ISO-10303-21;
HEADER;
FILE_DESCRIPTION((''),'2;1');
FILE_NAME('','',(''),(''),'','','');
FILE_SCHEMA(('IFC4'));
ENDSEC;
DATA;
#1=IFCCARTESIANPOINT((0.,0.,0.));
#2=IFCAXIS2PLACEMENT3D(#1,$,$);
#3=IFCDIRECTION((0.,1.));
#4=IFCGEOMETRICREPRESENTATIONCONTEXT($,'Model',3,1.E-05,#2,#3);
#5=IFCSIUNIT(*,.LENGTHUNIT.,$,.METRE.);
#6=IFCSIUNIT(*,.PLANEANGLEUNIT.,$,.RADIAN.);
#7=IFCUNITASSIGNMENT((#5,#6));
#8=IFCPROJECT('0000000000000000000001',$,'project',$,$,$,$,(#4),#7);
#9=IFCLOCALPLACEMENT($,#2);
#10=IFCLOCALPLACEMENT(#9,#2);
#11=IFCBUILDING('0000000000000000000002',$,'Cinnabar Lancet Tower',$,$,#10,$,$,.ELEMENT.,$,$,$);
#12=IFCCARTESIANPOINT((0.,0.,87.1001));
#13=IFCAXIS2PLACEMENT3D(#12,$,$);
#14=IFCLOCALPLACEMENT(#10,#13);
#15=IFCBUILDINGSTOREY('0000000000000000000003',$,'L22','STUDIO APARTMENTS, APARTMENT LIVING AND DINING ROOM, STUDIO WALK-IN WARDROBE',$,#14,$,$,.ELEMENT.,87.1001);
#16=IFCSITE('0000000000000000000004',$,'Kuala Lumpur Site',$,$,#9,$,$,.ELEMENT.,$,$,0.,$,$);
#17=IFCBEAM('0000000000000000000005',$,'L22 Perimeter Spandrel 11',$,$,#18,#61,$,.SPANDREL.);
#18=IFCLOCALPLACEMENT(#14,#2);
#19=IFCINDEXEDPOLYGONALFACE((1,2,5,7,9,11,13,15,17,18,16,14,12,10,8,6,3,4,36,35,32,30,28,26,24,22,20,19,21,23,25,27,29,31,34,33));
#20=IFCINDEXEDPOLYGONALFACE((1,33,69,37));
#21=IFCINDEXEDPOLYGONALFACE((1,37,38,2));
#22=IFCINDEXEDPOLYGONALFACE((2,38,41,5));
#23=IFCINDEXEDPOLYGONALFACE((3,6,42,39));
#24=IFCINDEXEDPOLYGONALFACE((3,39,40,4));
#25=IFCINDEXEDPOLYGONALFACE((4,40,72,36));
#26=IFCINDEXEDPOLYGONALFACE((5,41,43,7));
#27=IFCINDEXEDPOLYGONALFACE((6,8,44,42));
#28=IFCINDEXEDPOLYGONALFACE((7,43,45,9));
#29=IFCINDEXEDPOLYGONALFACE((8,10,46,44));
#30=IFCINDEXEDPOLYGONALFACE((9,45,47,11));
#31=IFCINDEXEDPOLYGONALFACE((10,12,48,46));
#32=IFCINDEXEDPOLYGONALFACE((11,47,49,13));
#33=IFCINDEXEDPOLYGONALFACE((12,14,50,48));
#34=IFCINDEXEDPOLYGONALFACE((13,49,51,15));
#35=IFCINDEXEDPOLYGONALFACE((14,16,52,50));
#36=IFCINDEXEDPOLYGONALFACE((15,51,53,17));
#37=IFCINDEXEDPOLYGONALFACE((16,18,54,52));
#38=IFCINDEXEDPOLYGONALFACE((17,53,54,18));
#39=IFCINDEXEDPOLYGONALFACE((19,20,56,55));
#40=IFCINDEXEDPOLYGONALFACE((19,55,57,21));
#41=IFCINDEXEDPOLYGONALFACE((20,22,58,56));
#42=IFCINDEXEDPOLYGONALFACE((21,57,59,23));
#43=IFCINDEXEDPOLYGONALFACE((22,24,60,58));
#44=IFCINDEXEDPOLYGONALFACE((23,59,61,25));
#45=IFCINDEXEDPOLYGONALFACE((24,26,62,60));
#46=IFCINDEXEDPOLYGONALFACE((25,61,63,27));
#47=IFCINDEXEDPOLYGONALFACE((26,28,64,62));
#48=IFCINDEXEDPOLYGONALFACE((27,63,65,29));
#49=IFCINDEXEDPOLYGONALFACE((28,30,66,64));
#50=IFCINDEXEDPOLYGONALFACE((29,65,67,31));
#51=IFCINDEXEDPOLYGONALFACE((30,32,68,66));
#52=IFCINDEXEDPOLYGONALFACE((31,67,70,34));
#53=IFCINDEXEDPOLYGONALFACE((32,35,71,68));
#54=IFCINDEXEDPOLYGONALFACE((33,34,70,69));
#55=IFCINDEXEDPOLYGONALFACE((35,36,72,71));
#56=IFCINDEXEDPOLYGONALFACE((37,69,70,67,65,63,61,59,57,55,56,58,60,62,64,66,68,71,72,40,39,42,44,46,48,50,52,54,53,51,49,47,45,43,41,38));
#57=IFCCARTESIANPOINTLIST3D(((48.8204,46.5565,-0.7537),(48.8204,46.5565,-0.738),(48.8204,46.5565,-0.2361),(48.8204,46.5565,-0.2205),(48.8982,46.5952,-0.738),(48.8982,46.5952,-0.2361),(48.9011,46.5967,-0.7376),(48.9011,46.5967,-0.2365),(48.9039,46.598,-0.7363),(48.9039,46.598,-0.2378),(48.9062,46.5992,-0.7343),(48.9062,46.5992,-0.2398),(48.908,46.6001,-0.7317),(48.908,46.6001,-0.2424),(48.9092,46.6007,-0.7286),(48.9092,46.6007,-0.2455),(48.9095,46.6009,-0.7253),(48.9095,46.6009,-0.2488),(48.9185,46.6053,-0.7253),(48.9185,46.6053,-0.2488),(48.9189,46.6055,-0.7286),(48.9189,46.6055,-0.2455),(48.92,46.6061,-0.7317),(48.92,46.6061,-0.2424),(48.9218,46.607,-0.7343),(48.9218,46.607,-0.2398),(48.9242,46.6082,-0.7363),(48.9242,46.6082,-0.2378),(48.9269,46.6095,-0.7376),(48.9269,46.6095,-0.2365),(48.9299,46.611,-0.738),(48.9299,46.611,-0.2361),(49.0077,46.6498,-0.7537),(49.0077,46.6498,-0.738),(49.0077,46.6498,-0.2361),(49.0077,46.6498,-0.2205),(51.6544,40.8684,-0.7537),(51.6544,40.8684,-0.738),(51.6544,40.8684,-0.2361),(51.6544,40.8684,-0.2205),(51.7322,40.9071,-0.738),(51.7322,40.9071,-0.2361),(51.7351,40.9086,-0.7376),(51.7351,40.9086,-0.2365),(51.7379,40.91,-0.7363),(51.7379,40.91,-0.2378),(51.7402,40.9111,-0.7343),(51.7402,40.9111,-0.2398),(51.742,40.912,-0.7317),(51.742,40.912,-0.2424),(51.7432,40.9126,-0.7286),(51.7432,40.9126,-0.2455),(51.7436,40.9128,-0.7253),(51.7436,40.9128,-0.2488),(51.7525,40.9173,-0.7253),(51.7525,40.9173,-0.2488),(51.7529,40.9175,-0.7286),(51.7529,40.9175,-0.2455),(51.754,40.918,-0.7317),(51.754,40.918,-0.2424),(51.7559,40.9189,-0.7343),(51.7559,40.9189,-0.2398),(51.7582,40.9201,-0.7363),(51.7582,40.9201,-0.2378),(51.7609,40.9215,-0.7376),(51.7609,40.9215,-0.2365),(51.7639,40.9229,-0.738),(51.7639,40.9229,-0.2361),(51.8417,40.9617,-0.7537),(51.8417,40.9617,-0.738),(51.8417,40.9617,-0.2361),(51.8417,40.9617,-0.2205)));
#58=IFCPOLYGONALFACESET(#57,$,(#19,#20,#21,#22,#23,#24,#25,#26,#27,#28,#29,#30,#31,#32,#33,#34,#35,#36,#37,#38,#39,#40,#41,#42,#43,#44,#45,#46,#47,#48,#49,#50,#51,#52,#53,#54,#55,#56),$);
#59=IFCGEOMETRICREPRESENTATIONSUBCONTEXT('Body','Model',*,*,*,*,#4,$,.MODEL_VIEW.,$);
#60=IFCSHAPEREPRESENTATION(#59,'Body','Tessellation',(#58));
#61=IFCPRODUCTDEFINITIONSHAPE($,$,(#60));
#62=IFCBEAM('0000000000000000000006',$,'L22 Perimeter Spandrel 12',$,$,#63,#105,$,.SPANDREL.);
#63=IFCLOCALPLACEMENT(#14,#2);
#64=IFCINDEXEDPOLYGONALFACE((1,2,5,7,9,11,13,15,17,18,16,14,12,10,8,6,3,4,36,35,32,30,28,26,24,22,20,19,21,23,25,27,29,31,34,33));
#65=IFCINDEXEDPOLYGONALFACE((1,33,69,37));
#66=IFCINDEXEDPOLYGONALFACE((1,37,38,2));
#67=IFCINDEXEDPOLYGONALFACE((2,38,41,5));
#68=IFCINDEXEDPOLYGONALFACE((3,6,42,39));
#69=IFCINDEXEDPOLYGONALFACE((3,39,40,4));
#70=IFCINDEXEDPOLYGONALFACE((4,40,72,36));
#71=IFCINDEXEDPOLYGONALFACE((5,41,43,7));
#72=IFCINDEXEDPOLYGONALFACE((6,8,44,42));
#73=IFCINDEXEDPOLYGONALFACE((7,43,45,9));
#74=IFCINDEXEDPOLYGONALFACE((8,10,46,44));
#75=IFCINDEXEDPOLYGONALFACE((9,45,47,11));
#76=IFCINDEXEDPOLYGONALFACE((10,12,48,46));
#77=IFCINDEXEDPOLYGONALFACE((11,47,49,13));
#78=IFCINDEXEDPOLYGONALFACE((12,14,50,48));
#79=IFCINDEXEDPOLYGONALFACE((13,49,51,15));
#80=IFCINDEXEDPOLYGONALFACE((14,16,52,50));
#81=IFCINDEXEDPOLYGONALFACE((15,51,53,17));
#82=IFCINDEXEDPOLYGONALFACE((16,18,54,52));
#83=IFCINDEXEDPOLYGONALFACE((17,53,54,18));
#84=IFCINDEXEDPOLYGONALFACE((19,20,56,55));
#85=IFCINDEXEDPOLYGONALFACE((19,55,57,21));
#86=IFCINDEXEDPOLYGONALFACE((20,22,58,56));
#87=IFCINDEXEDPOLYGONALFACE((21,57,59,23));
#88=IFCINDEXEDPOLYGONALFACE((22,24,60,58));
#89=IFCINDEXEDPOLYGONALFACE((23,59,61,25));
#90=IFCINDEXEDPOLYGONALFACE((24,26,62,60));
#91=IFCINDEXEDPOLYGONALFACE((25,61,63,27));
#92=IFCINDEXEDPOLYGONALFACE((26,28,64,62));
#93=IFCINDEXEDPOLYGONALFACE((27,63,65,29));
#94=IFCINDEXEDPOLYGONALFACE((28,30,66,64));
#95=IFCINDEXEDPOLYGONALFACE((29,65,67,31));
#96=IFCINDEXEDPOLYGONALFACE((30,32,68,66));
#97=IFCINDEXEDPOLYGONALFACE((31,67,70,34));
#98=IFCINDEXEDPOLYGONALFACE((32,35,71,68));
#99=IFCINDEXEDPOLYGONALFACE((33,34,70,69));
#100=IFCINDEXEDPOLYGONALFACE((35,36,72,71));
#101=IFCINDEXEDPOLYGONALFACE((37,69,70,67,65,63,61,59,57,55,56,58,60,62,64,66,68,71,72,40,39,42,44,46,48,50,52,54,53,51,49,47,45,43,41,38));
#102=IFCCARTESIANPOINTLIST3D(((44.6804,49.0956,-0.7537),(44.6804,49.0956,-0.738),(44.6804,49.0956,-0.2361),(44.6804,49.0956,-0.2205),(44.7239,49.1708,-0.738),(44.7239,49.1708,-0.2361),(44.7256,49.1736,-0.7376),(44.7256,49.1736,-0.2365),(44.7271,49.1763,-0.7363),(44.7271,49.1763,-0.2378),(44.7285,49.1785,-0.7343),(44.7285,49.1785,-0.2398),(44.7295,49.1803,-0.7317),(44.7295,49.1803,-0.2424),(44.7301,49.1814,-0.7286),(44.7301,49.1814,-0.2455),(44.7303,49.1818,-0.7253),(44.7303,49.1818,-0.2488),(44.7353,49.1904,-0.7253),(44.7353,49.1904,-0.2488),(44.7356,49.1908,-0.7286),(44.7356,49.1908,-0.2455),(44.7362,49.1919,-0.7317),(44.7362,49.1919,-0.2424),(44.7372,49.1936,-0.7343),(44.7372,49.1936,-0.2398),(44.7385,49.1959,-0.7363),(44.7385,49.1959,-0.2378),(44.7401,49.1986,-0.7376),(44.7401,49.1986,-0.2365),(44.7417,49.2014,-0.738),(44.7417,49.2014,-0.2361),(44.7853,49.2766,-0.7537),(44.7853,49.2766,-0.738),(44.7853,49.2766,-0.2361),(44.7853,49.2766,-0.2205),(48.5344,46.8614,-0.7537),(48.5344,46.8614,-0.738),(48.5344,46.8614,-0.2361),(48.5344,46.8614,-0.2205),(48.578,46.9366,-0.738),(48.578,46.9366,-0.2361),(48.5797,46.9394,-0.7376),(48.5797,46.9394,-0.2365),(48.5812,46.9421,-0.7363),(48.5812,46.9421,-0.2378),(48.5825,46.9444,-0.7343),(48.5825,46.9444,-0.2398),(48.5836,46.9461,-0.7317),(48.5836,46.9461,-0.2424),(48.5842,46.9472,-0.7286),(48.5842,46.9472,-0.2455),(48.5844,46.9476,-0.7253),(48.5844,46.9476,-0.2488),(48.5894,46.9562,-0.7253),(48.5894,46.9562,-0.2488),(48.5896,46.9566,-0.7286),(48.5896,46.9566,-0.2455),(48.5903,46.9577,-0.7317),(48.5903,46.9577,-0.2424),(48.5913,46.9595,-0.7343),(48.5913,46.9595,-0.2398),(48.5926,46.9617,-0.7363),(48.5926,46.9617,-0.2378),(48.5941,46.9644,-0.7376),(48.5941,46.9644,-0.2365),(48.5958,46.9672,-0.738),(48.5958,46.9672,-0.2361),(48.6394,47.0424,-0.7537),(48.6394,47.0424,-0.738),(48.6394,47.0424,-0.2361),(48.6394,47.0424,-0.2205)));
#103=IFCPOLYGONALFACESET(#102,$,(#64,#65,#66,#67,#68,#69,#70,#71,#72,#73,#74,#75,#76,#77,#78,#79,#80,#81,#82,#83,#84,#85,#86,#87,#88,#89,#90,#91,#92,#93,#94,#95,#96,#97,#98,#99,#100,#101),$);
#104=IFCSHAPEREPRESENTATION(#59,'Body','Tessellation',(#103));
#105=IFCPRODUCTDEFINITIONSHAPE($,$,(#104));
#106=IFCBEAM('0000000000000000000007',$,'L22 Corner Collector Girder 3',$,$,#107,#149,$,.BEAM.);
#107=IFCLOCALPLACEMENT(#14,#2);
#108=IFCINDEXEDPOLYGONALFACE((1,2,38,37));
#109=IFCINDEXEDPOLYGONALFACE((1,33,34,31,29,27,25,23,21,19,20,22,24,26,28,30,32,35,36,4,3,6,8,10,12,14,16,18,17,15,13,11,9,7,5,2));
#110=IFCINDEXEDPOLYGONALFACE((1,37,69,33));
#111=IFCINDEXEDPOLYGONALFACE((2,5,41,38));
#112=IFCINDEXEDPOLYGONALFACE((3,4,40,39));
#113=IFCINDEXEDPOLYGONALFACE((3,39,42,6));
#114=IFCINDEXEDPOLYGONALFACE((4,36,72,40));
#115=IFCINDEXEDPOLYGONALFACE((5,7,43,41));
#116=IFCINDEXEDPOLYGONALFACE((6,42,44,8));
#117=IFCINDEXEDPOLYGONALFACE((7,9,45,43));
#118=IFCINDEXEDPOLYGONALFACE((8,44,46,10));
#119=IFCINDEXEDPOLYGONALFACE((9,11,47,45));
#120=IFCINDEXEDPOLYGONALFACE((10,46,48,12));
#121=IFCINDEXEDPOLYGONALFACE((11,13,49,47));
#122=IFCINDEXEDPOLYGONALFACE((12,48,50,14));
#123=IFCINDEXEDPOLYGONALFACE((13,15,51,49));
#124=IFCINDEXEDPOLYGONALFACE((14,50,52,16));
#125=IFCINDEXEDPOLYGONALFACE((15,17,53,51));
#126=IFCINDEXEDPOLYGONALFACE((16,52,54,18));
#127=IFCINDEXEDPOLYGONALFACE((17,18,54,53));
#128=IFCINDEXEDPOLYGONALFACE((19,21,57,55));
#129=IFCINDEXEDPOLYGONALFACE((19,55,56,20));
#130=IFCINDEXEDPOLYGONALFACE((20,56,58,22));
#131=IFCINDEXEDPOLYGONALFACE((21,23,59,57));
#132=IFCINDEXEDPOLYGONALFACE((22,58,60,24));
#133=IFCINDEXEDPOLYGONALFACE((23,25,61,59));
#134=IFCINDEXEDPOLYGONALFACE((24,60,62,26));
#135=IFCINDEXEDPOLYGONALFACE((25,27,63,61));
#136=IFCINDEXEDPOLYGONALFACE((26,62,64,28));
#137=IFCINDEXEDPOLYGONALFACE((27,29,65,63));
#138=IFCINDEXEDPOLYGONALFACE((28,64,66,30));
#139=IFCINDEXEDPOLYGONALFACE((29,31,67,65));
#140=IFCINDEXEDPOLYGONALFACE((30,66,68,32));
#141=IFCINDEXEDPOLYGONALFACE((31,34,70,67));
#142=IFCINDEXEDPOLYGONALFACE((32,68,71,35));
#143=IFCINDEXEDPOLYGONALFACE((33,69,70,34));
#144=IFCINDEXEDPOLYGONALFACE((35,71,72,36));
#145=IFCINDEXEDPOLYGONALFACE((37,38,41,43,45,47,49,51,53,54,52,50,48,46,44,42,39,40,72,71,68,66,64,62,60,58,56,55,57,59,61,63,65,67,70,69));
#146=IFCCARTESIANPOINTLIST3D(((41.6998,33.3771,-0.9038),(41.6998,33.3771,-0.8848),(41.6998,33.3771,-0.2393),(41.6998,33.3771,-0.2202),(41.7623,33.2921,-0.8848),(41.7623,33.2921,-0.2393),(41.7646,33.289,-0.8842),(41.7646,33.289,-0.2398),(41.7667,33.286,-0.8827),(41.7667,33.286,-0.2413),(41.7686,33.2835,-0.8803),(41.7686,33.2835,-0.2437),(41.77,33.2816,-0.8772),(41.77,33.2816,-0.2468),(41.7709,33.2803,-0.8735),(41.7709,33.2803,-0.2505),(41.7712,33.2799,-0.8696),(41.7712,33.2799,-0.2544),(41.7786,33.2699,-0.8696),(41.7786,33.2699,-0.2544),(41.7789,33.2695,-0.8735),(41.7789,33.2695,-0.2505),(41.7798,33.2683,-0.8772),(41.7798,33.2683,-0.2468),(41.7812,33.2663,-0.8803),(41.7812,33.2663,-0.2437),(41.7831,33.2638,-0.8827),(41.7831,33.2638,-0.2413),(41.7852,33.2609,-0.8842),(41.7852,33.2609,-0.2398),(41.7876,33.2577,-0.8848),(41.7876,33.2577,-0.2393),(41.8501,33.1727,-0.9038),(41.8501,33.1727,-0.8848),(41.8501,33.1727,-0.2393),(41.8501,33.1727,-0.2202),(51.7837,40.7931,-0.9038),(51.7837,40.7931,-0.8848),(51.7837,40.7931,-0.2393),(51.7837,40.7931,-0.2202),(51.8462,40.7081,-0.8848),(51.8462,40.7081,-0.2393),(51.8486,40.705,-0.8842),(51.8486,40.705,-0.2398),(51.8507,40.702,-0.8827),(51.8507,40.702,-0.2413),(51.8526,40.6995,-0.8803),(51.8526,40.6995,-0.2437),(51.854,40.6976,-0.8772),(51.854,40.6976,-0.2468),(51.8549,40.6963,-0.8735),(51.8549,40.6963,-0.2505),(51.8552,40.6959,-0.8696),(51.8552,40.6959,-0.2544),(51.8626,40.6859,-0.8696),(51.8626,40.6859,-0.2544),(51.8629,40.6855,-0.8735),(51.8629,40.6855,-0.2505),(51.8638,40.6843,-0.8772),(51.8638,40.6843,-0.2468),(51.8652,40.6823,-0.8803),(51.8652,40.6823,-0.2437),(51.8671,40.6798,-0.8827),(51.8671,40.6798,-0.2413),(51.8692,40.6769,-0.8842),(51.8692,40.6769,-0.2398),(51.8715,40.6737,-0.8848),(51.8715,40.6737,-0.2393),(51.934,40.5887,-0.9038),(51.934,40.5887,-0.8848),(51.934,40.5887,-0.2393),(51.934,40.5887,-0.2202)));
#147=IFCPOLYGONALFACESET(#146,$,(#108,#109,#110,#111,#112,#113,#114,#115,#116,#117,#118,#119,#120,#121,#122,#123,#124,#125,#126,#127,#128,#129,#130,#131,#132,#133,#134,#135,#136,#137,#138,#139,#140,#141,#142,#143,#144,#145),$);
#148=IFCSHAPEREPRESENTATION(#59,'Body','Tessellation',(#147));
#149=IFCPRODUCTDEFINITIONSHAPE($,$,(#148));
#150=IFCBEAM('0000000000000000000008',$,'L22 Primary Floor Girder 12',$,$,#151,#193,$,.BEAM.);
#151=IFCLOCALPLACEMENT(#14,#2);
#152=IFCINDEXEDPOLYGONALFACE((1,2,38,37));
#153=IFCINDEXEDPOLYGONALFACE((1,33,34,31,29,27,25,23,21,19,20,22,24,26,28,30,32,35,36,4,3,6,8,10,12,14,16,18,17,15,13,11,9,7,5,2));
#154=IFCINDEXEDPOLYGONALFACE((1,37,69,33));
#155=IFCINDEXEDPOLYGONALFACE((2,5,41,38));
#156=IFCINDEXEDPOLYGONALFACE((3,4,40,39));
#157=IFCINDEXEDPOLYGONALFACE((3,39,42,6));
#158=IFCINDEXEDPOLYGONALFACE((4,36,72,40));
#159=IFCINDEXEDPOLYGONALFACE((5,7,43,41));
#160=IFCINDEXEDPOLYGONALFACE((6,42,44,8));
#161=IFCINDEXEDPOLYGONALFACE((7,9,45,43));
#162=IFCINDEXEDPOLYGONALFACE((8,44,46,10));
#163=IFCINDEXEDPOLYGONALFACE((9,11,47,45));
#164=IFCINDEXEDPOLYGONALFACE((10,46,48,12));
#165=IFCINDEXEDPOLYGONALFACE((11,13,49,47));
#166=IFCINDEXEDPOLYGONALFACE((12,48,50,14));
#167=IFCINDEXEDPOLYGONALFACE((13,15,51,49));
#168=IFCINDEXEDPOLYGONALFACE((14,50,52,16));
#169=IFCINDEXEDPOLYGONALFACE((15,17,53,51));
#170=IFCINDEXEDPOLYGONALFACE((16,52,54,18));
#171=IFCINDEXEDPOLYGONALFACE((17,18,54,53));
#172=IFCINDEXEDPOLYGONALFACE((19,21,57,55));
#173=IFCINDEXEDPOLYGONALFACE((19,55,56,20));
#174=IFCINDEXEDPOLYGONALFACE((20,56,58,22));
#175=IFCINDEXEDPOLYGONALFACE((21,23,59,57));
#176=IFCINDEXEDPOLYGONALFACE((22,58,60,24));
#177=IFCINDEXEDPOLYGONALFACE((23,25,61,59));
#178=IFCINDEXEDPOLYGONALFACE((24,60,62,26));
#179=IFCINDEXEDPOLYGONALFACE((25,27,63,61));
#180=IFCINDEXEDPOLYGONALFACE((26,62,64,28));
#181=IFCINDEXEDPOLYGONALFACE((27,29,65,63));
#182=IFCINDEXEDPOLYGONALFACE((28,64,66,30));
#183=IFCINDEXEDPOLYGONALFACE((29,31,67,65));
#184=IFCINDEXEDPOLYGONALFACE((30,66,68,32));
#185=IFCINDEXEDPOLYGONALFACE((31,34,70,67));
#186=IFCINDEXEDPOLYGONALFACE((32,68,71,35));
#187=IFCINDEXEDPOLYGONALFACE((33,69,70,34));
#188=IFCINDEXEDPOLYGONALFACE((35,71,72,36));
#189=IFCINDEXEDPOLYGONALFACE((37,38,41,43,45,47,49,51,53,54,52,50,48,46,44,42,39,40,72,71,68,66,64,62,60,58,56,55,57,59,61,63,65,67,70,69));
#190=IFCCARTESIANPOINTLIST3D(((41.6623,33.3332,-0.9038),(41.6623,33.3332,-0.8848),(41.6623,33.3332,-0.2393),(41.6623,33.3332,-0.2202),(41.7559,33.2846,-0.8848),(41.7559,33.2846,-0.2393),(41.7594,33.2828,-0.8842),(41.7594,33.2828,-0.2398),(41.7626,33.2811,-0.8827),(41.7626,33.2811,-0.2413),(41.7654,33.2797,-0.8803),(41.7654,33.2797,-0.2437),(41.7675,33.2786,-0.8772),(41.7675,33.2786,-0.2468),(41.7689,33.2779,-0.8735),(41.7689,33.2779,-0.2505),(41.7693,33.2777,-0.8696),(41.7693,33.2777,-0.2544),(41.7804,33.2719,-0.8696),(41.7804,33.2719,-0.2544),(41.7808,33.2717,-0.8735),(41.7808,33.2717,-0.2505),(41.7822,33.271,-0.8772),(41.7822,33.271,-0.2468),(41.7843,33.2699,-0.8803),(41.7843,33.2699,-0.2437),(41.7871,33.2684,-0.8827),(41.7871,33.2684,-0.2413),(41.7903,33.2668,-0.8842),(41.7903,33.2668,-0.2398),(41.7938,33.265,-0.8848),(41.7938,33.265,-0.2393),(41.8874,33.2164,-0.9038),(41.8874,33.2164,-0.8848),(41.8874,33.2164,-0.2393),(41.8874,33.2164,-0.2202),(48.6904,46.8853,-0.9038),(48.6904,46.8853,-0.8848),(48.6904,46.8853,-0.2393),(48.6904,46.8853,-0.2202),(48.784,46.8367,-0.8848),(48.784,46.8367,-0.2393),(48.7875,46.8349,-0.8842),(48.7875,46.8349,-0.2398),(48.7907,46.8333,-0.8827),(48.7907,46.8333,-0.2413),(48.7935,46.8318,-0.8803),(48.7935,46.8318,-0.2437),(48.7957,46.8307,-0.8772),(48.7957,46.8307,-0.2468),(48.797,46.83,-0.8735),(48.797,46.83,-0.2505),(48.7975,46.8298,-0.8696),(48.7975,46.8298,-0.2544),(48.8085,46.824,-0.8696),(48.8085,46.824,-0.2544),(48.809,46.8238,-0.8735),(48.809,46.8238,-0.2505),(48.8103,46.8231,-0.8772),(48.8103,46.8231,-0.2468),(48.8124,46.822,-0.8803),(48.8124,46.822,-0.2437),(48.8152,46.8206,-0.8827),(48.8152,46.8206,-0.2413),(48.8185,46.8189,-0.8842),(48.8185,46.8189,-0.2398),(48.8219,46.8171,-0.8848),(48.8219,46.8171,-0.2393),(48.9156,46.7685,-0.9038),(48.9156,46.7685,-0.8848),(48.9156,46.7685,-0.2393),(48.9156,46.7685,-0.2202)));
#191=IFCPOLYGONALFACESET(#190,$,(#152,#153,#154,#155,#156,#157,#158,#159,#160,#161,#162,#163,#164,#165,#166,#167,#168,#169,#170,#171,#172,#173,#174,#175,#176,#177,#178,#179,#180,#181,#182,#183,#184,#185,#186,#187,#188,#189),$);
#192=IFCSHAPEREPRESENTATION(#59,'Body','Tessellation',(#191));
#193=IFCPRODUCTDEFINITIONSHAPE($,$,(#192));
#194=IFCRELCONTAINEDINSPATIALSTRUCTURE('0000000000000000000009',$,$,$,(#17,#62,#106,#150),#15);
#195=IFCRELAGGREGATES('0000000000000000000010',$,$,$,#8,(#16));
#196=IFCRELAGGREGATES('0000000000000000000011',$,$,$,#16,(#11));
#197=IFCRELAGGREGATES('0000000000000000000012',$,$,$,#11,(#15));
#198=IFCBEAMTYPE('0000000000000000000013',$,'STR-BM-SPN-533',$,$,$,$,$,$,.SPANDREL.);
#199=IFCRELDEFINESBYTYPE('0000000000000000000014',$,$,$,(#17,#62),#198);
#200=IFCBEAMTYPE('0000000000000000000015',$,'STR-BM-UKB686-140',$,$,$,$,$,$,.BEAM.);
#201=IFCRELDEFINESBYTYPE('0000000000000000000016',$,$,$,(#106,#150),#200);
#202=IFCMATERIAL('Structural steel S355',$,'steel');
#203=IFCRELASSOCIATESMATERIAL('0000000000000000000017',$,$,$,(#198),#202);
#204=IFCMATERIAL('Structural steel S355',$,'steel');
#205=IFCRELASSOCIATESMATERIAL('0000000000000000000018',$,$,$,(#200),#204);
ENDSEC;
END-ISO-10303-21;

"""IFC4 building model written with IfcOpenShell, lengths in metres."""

from ifc_helpers import new_model, si_unit, direction, frame, origin, origin_2d, place, context, subcontext, project, spatial, i_section, extrude, material, material_profile, profile_set, type_object, element, save


model = new_model("IFC4")

# Units and contexts
model_context = context("Model", 3, precision=1e-05, world=origin(), true_north=direction((0.0, 1.0)))
body_context = subcontext(model_context, "Body", "Model", "MODEL_VIEW")
ifc_project = project(units=[si_unit("LENGTHUNIT", "METRE"), si_unit("PLANEANGLEUNIT", "RADIAN")], contexts=[model_context])

# Site, building, storey
site_placement = place(None, origin())
site = spatial("IfcSite", under=ifc_project, at=site_placement, Name="Kuala Lumpur Site", CompositionType="ELEMENT", RefElevation=0.0)
building_placement = place(site_placement, origin())
building = spatial("IfcBuilding", under=site, at=building_placement, Name="Cinnabar Lancet Tower", CompositionType="ELEMENT")
storey_placement = place(building_placement, frame((0.0, 0.0, 87.1001)))
storey = spatial("IfcBuildingStorey", under=building, at=storey_placement, Name="L22", Description="STUDIO APARTMENTS, APARTMENT LIVING AND DINING ROOM, STUDIO WALK-IN WARDROBE", CompositionType="ELEMENT", Elevation=87.1001)

# Beams
ifc_material_1 = material(Name="Structural steel S355", Category="steel")
ifc_material_profile_1 = material_profile(ifc_material_1, i_section(OverallWidth=0.2092, OverallDepth=0.5332, WebThickness=0.01, FlangeThickness=0.0156, FilletRadius=0.0127, at=origin_2d()), Name="UKB 533x210x92")
ifc_profile_set_1 = profile_set([ifc_material_profile_1], Name="Structural steel S355")
beam_type_1 = type_object("IfcBeamType", Name="STR-BM-SPN-533", PredefinedType="SPANDREL", material=ifc_profile_set_1)
beam_1_placement = place(storey_placement, frame((51.748, 40.915, -0.4871), z_axis=(-0.445953, 0.895056, 0.0), x_axis=(-0.895056, -0.445953, 0.0)))
element("IfcBeam", 1, at=beam_1_placement, inside=storey, type_object=beam_type_1, Name="L22 Perimeter Spandrel 11", PredefinedType="SPANDREL", context=body_context, shape_type="SweptSolid", body=[
    extrude(i_section(OverallWidth=0.2092, OverallDepth=0.5332, WebThickness=0.01, FlangeThickness=0.0156, FilletRadius=0.0127, at=origin_2d()), origin(), (0.0, 0.0, 1.0), 6.355),
])
beam_2_placement = place(storey_placement, frame((48.5869, 46.9519, -0.4871), z_axis=(-0.865147, 0.501518, 0.0), x_axis=(-0.501518, -0.865147, 0.0)))
element("IfcBeam", 2, at=beam_2_placement, inside=storey, type_object=beam_type_1, Name="L22 Perimeter Spandrel 12", PredefinedType="SPANDREL", context=body_context, shape_type="SweptSolid", body=[
    extrude(i_section(OverallWidth=0.2092, OverallDepth=0.5332, WebThickness=0.01, FlangeThickness=0.0156, FilletRadius=0.0127, at=origin_2d()), origin(), (0.0, 0.0, 1.0), 4.4548),
])
ifc_material_2 = material(Name="Structural steel S355", Category="steel")
ifc_material_profile_2 = material_profile(ifc_material_2, i_section(OverallWidth=0.2537, OverallDepth=0.6836, WebThickness=0.0125, FlangeThickness=0.019, FilletRadius=0.0151, at=origin_2d()), Name="UKB 686x254x140")
ifc_profile_set_2 = profile_set([ifc_material_profile_2], Name="Structural steel S355")
beam_type_2 = type_object("IfcBeamType", Name="STR-BM-UKB686-140", PredefinedType="BEAM", material=ifc_profile_set_2)
beam_3_placement = place(storey_placement, frame((51.8589, 40.6909, -0.562), z_axis=(-0.805601, -0.592459, 0.0), x_axis=(0.592459, -0.805601, 0.0)))
element("IfcBeam", 3, at=beam_3_placement, inside=storey, type_object=beam_type_2, Name="L22 Corner Collector Girder 3", PredefinedType="BEAM", context=body_context, shape_type="SweptSolid", body=[
    extrude(i_section(OverallWidth=0.2537, OverallDepth=0.6836, WebThickness=0.0125, FlangeThickness=0.019, FilletRadius=0.0151, at=origin_2d()), origin(), (0.0, 0.0, 1.0), 12.5173),
])
beam_4_placement = place(storey_placement, frame((48.803, 46.8269, -0.562), z_axis=(-0.460375, -0.887725, 0.0), x_axis=(0.887725, -0.460375, 0.0)))
element("IfcBeam", 4, at=beam_4_placement, inside=storey, type_object=beam_type_2, Name="L22 Primary Floor Girder 12", PredefinedType="BEAM", context=body_context, shape_type="SweptSolid", body=[
    extrude(i_section(OverallWidth=0.2537, OverallDepth=0.6836, WebThickness=0.0125, FlangeThickness=0.019, FilletRadius=0.0151, at=origin_2d()), origin(), (0.0, 0.0, 1.0), 15.2661),
])

save(model, "model.ifc")
